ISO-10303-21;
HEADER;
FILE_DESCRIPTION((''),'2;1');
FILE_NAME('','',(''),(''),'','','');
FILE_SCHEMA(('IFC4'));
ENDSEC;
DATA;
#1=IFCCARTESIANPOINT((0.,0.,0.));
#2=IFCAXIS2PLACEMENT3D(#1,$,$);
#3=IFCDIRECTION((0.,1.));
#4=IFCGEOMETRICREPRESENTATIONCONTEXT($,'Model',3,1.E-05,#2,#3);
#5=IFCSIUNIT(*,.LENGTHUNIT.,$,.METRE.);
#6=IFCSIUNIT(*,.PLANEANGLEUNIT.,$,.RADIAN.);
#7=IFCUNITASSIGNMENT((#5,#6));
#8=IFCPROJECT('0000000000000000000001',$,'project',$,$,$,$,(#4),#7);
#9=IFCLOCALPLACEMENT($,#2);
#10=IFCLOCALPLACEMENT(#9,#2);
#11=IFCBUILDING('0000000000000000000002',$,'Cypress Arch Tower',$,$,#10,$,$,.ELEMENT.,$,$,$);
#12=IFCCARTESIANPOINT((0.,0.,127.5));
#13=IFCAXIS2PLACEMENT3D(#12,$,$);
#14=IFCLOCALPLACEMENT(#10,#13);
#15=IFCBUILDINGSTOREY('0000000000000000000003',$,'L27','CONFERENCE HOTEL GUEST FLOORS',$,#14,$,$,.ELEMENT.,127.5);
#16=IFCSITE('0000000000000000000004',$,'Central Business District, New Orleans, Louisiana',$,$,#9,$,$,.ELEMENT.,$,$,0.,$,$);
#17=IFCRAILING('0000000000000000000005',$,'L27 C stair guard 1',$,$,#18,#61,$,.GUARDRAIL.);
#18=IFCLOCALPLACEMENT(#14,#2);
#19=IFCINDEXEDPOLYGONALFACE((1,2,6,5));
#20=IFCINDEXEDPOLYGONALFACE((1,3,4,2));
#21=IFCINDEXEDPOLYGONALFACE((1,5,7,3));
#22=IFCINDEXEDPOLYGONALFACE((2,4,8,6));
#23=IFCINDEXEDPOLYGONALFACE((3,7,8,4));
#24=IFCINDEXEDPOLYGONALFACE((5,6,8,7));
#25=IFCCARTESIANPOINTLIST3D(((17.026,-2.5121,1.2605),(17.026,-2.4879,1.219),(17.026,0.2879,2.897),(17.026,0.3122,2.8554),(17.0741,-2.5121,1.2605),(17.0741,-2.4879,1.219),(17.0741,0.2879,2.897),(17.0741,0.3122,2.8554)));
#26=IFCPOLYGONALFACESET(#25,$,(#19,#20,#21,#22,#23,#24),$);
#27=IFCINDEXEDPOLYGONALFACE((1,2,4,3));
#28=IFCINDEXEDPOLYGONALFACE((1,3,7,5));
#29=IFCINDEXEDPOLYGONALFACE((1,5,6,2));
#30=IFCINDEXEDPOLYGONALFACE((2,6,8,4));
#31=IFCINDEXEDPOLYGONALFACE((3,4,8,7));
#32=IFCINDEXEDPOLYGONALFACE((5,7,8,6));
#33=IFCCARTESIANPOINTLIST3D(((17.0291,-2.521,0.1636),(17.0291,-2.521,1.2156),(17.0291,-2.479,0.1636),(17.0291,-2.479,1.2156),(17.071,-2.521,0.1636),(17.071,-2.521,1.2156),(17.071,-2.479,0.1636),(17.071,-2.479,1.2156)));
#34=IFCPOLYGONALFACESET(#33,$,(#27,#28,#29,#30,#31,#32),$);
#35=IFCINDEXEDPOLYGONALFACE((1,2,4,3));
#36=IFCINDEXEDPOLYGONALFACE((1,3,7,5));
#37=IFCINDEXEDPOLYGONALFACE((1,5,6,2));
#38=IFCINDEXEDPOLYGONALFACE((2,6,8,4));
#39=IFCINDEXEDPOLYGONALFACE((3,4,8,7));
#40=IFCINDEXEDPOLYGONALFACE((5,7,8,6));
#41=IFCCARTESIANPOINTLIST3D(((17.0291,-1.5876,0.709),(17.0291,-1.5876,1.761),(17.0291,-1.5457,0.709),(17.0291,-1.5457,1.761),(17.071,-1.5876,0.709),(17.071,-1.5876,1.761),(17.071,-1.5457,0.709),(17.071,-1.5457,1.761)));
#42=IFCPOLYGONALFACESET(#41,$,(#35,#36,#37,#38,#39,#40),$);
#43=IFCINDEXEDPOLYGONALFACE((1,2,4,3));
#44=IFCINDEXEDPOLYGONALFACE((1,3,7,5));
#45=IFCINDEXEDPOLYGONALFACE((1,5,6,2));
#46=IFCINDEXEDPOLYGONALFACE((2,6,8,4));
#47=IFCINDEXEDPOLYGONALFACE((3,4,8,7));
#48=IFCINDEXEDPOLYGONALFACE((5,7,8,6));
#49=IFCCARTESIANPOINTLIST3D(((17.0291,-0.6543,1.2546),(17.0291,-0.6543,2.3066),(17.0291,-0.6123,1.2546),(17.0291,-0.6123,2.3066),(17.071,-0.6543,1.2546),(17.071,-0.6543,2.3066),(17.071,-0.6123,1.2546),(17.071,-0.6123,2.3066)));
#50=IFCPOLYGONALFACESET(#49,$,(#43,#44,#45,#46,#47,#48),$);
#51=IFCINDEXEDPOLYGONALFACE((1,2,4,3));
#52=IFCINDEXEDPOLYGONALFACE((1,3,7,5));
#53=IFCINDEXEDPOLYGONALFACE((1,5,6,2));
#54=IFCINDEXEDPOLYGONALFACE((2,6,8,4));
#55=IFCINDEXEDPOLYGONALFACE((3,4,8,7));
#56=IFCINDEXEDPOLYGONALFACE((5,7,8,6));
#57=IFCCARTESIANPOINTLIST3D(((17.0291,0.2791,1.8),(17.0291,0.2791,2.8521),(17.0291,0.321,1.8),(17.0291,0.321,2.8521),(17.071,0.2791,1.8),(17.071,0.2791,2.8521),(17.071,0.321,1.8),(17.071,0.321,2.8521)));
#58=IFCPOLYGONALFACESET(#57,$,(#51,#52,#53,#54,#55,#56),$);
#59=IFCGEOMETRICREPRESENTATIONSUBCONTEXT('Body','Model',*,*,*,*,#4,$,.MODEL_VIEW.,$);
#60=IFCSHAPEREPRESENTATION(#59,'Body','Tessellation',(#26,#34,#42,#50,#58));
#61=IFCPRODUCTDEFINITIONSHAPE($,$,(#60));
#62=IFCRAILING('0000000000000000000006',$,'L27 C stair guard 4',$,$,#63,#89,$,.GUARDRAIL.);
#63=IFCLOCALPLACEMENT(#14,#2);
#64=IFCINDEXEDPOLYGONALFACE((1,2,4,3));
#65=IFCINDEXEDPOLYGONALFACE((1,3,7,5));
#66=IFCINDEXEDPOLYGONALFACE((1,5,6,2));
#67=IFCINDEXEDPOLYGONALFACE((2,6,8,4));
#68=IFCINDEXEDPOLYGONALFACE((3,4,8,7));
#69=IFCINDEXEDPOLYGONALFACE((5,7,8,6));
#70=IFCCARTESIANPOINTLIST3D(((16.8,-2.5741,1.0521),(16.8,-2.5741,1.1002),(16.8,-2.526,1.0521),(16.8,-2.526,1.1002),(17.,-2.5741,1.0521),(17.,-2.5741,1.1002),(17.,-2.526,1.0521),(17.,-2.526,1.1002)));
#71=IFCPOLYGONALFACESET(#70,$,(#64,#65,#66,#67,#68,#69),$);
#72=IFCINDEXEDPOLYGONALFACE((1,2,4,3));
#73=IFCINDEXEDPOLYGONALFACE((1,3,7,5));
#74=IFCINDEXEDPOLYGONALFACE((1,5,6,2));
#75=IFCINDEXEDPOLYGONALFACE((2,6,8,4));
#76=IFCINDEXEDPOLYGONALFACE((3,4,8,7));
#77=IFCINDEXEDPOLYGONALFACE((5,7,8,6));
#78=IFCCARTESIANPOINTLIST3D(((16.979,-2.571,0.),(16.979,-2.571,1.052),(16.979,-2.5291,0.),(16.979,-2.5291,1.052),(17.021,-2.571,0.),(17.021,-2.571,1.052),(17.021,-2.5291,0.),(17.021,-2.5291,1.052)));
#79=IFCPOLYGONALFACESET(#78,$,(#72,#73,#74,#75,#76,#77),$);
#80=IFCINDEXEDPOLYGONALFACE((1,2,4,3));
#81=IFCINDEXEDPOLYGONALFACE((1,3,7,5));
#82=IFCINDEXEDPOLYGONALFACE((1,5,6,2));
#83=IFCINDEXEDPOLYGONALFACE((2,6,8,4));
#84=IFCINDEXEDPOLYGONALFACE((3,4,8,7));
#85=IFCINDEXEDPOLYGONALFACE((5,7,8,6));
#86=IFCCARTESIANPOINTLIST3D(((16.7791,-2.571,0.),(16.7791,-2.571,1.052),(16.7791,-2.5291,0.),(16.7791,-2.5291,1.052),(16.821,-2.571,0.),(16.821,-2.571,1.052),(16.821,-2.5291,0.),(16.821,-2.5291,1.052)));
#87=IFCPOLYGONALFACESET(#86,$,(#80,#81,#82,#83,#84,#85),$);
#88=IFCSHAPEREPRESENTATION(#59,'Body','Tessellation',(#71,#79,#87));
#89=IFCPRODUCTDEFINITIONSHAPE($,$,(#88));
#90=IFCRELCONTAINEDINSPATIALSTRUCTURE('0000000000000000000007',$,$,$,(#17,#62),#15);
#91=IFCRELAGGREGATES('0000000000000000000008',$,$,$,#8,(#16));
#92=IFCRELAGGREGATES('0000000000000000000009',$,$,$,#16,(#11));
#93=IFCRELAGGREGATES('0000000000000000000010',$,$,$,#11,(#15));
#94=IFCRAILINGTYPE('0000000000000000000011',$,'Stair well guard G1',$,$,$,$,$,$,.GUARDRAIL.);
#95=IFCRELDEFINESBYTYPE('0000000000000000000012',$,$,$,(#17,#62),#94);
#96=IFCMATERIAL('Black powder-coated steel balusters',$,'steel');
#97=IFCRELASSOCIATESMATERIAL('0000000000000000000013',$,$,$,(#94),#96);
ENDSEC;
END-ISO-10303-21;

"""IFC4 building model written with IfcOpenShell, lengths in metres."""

from ifc_helpers import new_model, si_unit, direction, frame, origin, origin_2d, place, context, subcontext, project, spatial, rectangle, extrude, material, type_object, element, save


model = new_model("IFC4")

# Units and contexts
model_context = context("Model", 3, precision=1e-05, world=origin(), true_north=direction((0.0, 1.0)))
body_context = subcontext(model_context, "Body", "Model", "MODEL_VIEW")
ifc_project = project(units=[si_unit("LENGTHUNIT", "METRE"), si_unit("PLANEANGLEUNIT", "RADIAN")], contexts=[model_context])

# Site, building, storey
site_placement = place(None, origin())
site = spatial("IfcSite", under=ifc_project, at=site_placement, Name="Central Business District, New Orleans, Louisiana", CompositionType="ELEMENT", RefElevation=0.0)
building_placement = place(site_placement, origin())
building = spatial("IfcBuilding", under=site, at=building_placement, Name="Cypress Arch Tower", CompositionType="ELEMENT")
storey_placement = place(building_placement, frame((0.0, 0.0, 127.5)))
storey = spatial("IfcBuildingStorey", under=building, at=storey_placement, Name="L27", Description="CONFERENCE HOTEL GUEST FLOORS", CompositionType="ELEMENT", Elevation=127.5)

# Railings
ifc_material_1 = material(Name="Black powder-coated steel balusters", Category="steel")
railing_type_1 = type_object("IfcRailingType", Name="Stair well guard G1", PredefinedType="GUARDRAIL", material=ifc_material_1)
railing_1_placement = place(storey_placement, frame((17.05, -2.5, 0.1636)))
element("IfcRailing", 1, at=railing_1_placement, inside=storey, type_object=railing_type_1, Name="L27 C stair guard 1", PredefinedType="GUARDRAIL", context=body_context, shape_type="SweptSolid", body=[
    extrude(rectangle(XDim=0.0481, YDim=0.0481, at=origin_2d()), frame((0.0, 0.0, 1.0762), z_axis=(0.0, 0.863361, 0.504587), x_axis=(-1.0, 0.0, 0.0)), (0.0, 0.0, 1.0), 3.2432),
    extrude(rectangle(XDim=0.042, YDim=0.042, at=origin_2d()), origin(), (0.0, 0.0, 1.0), 1.052),
    extrude(rectangle(XDim=0.042, YDim=0.042, at=origin_2d()), frame((0.0, 0.9333, 0.5454)), (0.0, 0.0, 1.0), 1.052),
    extrude(rectangle(XDim=0.042, YDim=0.042, at=origin_2d()), frame((0.0, 1.8667, 1.0911)), (0.0, 0.0, 1.0), 1.052),
    extrude(rectangle(XDim=0.042, YDim=0.042, at=origin_2d()), frame((0.0, 2.8, 1.6365)), (0.0, 0.0, 1.0), 1.052),
])
railing_2_placement = place(storey_placement, frame((17.0, -2.55, 0.0)))
element("IfcRailing", 2, at=railing_2_placement, inside=storey, type_object=railing_type_1, Name="L27 C stair guard 4", PredefinedType="GUARDRAIL", context=body_context, shape_type="SweptSolid", body=[
    extrude(rectangle(XDim=0.0481, YDim=0.0481, at=origin_2d()), frame((0.0, 0.0, 1.0762), z_axis=(-1.0, 0.0, 0.0), x_axis=(0.0, -1.0, 0.0)), (0.0, 0.0, 1.0), 0.2),
    extrude(rectangle(XDim=0.042, YDim=0.042, at=origin_2d()), origin(), (0.0, 0.0, 1.0), 1.052),
    extrude(rectangle(XDim=0.042, YDim=0.042, at=origin_2d()), frame((-0.2, 0.0, 0.0)), (0.0, 0.0, 1.0), 1.052),
])

save(model, "model.ifc")
